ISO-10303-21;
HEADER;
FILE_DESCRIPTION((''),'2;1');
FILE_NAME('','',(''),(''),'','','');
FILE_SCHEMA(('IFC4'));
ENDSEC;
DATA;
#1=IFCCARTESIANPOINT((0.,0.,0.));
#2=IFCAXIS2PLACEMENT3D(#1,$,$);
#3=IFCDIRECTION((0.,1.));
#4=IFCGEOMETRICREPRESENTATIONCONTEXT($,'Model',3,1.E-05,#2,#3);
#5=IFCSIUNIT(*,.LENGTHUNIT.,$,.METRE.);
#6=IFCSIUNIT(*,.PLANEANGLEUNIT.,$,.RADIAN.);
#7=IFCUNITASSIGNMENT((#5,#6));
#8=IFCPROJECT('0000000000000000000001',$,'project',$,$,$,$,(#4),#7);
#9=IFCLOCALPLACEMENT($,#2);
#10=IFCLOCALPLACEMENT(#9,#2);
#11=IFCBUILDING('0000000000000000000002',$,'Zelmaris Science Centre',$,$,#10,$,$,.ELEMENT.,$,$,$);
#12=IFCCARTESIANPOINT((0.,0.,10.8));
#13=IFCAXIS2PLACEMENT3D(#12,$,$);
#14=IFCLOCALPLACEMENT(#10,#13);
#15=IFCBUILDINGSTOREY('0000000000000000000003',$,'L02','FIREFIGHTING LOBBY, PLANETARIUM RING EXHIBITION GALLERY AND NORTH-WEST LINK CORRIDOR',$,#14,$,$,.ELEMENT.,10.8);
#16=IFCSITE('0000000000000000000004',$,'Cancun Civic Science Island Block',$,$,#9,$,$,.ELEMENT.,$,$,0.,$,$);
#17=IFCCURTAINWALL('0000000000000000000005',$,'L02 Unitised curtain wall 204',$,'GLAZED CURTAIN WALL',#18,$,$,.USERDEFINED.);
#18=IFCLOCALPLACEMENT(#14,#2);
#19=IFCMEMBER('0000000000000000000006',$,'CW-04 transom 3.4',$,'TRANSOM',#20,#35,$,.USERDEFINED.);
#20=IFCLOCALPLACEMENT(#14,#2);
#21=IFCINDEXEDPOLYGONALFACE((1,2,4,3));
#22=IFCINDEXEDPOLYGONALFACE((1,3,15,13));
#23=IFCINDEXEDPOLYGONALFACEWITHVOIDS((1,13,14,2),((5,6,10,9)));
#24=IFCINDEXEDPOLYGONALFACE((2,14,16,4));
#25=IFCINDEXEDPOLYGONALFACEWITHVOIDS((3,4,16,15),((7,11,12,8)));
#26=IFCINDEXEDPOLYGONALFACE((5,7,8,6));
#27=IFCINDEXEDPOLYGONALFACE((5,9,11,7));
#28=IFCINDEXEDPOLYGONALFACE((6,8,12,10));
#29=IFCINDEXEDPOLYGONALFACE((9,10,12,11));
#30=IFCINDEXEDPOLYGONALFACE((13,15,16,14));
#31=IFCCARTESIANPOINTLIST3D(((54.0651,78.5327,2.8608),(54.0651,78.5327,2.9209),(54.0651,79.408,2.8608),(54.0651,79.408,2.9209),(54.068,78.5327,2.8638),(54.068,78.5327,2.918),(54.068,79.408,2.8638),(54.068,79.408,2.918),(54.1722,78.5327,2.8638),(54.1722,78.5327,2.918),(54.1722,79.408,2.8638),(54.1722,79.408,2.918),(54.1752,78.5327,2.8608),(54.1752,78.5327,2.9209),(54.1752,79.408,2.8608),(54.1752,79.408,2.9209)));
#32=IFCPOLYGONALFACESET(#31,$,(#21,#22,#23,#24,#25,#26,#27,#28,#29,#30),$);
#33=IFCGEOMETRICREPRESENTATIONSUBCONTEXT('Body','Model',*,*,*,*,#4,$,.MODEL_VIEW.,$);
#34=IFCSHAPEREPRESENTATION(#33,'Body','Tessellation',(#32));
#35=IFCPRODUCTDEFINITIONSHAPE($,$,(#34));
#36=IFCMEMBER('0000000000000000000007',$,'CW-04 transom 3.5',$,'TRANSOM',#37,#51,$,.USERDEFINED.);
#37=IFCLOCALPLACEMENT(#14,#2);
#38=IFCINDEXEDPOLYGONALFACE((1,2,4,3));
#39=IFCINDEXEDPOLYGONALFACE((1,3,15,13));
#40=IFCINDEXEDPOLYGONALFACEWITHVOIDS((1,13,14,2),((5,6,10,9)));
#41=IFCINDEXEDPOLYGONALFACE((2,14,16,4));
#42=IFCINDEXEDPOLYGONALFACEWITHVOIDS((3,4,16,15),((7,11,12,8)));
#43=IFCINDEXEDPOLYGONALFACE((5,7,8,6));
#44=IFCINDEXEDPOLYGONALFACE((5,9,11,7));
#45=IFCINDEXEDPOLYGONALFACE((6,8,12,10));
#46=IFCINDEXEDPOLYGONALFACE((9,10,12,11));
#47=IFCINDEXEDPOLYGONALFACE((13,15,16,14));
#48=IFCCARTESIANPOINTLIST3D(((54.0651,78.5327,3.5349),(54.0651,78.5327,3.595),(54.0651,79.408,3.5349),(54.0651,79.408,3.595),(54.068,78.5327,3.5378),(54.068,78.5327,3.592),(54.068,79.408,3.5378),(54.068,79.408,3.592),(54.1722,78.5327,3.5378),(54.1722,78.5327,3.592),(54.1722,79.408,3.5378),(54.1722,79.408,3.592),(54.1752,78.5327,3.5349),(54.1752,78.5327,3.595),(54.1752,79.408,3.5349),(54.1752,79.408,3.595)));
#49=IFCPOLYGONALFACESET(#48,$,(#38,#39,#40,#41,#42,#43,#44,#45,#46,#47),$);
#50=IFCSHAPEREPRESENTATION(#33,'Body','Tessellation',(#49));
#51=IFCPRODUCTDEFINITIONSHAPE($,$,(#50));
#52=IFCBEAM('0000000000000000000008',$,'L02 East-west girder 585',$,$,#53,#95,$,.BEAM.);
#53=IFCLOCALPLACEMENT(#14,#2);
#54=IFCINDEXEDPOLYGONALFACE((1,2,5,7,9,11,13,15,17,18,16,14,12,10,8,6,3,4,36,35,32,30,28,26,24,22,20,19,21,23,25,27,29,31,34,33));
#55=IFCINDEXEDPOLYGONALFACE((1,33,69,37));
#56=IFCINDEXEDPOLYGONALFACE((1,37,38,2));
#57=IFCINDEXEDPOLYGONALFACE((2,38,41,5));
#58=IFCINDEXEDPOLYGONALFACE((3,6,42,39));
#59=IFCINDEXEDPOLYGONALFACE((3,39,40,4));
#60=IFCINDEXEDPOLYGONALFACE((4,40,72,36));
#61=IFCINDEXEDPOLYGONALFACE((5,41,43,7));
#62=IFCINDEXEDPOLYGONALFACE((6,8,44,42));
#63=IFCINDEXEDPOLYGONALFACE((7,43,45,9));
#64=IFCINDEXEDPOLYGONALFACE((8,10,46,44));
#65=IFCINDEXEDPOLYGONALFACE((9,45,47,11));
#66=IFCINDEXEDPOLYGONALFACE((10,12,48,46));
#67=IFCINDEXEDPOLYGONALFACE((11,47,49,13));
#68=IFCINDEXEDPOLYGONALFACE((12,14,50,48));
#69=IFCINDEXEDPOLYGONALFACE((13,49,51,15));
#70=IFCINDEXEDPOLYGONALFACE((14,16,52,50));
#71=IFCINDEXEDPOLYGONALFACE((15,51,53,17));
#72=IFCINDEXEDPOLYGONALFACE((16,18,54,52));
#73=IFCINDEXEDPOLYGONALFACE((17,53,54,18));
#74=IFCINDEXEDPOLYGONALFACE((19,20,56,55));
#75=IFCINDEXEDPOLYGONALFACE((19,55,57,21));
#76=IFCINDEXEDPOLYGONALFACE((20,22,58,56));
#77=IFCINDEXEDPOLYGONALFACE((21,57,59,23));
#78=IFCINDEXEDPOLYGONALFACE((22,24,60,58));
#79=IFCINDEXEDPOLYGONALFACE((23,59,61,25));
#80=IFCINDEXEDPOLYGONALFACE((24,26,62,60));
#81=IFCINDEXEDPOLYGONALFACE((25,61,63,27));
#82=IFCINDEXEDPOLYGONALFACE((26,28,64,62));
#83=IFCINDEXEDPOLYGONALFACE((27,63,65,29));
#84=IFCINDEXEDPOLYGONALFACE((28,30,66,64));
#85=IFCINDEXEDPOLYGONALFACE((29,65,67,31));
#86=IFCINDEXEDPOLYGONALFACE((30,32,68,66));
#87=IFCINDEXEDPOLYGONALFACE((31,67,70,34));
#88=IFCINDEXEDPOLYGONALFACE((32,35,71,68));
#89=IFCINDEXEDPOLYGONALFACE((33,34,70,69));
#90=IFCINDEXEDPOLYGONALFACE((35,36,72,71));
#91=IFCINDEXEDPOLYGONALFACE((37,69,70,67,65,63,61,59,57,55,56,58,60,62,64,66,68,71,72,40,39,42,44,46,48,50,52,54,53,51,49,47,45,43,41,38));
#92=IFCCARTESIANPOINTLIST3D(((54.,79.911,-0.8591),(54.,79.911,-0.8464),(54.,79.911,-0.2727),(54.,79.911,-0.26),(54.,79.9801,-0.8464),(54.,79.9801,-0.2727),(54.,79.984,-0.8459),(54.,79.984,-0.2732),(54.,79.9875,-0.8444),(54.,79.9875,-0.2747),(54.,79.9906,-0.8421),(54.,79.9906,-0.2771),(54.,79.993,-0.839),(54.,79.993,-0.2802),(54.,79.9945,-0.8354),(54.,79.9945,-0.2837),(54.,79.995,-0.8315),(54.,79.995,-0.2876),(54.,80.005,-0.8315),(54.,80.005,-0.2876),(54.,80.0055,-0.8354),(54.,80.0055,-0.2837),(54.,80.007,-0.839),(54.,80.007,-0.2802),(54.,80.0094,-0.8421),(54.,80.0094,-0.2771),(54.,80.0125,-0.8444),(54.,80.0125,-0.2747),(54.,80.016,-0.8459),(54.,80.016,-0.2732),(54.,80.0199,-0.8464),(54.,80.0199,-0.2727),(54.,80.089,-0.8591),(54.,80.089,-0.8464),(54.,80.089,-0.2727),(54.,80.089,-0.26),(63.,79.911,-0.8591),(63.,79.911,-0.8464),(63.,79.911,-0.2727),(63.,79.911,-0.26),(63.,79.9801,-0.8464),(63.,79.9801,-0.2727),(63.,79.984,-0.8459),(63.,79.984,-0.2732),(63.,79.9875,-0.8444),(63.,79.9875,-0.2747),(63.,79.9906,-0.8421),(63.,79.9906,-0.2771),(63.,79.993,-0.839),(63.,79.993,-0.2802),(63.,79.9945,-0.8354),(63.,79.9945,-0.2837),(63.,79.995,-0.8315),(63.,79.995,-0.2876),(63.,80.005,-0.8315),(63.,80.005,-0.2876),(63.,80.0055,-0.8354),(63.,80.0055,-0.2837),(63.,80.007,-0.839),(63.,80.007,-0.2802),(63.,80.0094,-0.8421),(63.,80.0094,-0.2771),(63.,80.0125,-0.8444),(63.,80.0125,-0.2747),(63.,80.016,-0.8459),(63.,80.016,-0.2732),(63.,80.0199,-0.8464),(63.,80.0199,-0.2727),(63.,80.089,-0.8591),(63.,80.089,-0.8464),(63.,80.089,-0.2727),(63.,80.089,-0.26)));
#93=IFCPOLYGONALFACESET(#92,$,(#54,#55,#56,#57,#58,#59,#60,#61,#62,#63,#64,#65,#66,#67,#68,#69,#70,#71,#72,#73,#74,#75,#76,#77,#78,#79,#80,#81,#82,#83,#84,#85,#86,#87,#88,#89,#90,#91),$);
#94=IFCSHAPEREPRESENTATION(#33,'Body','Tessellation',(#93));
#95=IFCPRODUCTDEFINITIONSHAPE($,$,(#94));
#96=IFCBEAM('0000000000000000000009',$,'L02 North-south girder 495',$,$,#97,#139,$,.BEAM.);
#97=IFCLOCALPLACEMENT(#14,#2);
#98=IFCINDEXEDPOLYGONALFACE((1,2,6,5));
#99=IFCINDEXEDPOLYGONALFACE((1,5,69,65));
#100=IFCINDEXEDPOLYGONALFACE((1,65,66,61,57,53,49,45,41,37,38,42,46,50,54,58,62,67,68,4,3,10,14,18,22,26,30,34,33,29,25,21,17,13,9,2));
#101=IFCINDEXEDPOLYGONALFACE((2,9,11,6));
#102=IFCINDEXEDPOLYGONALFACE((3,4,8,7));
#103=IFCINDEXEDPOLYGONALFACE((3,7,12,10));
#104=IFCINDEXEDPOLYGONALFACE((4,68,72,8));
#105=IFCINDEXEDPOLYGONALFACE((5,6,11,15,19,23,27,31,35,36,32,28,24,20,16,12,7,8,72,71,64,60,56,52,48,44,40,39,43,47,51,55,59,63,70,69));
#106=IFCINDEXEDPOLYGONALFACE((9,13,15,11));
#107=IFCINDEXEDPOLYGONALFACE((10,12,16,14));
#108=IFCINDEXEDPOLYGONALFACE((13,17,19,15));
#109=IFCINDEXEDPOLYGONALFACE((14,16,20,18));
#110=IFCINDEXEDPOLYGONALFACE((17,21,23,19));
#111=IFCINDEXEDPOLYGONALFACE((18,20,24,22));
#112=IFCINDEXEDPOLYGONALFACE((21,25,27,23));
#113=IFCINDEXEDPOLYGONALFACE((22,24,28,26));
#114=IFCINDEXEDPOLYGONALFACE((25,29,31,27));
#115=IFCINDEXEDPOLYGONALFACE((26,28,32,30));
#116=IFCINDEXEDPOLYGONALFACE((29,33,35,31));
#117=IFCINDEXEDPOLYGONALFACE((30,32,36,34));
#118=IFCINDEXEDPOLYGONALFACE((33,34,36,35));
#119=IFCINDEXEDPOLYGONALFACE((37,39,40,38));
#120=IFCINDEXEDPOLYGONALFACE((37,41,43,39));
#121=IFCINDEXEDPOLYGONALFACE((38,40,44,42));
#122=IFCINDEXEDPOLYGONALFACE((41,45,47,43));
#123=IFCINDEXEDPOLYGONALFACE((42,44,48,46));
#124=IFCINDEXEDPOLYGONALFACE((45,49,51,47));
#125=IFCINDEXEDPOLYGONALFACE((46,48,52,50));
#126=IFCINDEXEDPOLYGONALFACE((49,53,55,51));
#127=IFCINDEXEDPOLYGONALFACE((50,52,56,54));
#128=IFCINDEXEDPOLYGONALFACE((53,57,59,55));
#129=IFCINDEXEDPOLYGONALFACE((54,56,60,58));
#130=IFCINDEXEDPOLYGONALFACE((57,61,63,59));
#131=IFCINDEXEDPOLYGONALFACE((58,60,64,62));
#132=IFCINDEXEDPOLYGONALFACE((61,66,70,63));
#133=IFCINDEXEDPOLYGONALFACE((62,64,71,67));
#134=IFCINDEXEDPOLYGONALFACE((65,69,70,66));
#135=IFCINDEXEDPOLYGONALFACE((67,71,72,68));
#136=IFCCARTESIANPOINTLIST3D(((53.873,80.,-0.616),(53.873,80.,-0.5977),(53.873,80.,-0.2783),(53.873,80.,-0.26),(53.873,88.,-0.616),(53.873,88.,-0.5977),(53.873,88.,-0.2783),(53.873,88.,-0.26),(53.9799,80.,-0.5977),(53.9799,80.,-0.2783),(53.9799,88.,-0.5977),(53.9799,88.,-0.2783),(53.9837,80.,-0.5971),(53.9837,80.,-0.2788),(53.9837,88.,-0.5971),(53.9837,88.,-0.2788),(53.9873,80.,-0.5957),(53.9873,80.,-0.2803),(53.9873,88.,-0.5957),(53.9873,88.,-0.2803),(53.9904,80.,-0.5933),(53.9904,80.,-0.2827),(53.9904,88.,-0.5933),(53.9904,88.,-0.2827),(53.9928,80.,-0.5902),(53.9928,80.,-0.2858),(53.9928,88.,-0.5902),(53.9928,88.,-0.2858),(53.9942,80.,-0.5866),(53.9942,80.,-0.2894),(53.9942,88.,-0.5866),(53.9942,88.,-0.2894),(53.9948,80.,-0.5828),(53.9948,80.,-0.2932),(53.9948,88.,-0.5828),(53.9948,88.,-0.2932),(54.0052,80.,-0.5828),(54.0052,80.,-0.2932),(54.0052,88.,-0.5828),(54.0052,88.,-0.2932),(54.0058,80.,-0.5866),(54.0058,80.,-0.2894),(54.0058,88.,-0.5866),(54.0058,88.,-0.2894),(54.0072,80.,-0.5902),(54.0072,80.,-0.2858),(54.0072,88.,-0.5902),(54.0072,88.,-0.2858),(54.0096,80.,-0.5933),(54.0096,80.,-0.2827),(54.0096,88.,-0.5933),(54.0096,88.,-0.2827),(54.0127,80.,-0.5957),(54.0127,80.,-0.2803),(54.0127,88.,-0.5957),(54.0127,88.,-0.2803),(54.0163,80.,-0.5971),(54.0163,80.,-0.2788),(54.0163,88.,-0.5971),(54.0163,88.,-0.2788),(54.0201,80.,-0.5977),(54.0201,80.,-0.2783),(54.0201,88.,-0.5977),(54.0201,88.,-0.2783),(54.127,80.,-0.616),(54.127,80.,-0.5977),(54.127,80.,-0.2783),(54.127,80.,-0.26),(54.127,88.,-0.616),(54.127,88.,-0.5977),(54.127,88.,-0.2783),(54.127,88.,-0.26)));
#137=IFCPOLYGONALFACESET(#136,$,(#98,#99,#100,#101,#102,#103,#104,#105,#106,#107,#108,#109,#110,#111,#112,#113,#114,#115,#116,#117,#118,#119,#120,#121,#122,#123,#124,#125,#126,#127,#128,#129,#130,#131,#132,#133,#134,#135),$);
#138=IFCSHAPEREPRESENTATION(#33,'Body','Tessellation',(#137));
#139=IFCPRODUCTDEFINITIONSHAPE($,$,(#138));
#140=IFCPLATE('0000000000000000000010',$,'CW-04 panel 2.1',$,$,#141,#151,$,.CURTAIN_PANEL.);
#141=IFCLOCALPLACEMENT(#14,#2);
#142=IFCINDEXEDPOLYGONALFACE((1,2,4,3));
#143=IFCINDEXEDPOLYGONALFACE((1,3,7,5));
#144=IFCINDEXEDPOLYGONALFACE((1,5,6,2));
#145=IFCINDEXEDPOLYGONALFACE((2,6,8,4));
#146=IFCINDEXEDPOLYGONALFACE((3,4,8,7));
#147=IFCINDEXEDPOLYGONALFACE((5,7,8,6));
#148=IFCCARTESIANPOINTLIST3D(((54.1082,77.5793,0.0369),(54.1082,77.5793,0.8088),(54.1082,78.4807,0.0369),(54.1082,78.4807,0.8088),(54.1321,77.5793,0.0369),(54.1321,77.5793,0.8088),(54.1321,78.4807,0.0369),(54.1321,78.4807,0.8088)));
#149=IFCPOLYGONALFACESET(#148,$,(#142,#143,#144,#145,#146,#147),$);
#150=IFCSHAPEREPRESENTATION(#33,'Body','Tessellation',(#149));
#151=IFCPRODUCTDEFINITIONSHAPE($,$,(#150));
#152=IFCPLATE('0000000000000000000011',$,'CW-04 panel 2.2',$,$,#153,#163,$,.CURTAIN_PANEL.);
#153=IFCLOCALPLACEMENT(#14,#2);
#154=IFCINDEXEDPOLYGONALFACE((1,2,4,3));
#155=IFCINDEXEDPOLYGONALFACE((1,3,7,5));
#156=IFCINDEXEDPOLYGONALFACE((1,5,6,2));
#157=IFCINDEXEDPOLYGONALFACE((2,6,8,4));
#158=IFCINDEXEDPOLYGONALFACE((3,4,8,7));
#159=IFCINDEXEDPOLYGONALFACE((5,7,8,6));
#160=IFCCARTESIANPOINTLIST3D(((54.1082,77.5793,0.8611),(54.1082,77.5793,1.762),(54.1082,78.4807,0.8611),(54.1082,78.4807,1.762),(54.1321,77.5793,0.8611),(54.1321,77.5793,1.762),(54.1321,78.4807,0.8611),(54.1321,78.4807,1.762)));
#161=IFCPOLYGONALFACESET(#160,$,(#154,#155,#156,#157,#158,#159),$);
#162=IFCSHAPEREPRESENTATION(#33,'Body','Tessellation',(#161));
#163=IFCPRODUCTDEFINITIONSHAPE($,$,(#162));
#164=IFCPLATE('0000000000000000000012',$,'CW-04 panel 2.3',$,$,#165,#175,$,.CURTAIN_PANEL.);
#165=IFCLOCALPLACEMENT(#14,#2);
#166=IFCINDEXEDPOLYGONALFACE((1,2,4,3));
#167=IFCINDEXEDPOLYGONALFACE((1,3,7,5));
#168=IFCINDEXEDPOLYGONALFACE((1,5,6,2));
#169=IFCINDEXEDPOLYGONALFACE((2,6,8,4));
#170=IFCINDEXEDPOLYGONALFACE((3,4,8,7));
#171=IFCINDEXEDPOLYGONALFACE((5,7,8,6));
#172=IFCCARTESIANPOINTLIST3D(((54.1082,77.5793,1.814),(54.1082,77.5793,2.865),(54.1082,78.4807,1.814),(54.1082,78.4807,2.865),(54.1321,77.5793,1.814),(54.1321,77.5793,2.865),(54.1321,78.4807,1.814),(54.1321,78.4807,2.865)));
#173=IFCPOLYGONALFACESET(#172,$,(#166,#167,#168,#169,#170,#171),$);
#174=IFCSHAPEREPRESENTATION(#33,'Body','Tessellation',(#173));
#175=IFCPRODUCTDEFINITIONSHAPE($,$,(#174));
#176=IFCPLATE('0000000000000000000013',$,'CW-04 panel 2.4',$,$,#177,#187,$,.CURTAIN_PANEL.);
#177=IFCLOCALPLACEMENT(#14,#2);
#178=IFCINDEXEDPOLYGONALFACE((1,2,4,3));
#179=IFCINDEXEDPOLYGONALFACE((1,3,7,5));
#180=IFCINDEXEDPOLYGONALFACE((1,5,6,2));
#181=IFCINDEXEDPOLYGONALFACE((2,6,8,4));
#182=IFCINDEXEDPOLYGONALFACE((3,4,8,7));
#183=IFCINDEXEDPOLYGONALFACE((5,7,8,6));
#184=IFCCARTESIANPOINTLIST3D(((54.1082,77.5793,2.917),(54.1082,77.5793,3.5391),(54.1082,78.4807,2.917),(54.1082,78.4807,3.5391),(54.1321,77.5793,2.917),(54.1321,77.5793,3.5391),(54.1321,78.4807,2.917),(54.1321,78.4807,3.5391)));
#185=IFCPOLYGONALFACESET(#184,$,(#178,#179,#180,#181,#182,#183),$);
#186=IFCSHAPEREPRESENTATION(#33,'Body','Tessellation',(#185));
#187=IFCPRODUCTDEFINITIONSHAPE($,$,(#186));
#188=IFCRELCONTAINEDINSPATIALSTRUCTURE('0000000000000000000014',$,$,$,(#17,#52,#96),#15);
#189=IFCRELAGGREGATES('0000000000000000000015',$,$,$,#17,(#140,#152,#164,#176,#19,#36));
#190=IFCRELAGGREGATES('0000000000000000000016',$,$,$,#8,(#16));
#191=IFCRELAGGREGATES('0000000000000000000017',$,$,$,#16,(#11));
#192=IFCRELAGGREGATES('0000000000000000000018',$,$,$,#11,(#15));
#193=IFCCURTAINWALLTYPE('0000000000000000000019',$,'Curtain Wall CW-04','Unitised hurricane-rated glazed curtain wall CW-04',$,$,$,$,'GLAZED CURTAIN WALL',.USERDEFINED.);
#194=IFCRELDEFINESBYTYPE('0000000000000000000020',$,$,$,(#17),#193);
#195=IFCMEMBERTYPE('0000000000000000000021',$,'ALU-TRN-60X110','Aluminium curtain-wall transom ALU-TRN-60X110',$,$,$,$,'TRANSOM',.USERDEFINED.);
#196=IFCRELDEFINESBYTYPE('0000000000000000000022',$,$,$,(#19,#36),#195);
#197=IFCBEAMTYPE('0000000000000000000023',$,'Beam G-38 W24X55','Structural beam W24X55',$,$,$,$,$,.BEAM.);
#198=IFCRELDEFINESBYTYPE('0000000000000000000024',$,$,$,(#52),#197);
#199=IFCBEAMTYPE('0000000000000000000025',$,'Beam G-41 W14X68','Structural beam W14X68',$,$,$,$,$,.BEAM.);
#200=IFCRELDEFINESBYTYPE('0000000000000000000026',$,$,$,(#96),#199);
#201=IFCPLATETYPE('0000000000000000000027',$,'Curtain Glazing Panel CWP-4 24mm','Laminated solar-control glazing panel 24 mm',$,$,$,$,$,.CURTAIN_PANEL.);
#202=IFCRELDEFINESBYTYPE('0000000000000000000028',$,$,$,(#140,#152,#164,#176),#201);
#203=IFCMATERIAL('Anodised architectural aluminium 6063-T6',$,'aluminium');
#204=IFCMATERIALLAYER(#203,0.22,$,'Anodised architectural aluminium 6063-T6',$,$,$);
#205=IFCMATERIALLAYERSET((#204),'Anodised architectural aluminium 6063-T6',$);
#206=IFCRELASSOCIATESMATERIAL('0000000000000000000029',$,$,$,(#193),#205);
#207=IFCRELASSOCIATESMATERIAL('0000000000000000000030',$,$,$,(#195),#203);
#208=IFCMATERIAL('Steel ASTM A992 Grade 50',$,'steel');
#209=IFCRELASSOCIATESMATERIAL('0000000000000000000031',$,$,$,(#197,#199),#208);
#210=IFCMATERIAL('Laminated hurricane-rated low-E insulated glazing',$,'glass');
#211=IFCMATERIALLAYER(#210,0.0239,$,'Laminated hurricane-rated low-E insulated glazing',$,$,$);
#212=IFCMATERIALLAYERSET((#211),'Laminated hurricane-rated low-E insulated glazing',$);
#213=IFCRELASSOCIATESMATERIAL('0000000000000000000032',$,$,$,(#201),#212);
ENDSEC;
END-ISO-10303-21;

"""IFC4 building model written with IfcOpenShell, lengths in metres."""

from ifc_helpers import new_model, si_unit, direction, frame, origin, origin_2d, place, context, subcontext, project, spatial, rectangle, hollow_rectangle, i_section, extrude, material, layer, layer_set, material_profile, profile_set, type_object, element, aggregate, save


model = new_model("IFC4")

# Units and contexts
model_context = context("Model", 3, precision=1e-05, world=origin(), true_north=direction((0.0, 1.0)))
body_context = subcontext(model_context, "Body", "Model", "MODEL_VIEW")
ifc_project = project(units=[si_unit("LENGTHUNIT", "METRE"), si_unit("PLANEANGLEUNIT", "RADIAN")], contexts=[model_context])

# Site, building, storey
site_placement = place(None, origin())
site = spatial("IfcSite", under=ifc_project, at=site_placement, Name="Cancun Civic Science Island Block", CompositionType="ELEMENT", RefElevation=0.0)
building_placement = place(site_placement, origin())
building = spatial("IfcBuilding", under=site, at=building_placement, Name="Zelmaris Science Centre", CompositionType="ELEMENT")
storey_placement = place(building_placement, frame((0.0, 0.0, 10.8)))
storey = spatial("IfcBuildingStorey", under=building, at=storey_placement, Name="L02", Description="FIREFIGHTING LOBBY, PLANETARIUM RING EXHIBITION GALLERY AND NORTH-WEST LINK CORRIDOR", CompositionType="ELEMENT", Elevation=10.8)

# Shared definitions
ifc_material_1 = material(Name="Steel ASTM A992 Grade 50", Category="steel")

# Curtain wall, members
ifc_material_2 = material(Name="Anodised architectural aluminium 6063-T6", Category="aluminium")
ifc_layer_1 = layer(ifc_material_2, 0.22, Name="Anodised architectural aluminium 6063-T6")
ifc_layer_set_1 = layer_set([ifc_layer_1], Name="Anodised architectural aluminium 6063-T6")
curtain_wall_type = type_object("IfcCurtainWallType", Name="Curtain Wall CW-04", Description="Unitised hurricane-rated glazed curtain wall CW-04", ElementType="GLAZED CURTAIN WALL", PredefinedType="USERDEFINED", material=ifc_layer_set_1)
curtain_wall_placement = place(storey_placement, origin())
curtain_wall = element("IfcCurtainWall", 1, at=curtain_wall_placement, inside=storey, type_object=curtain_wall_type, Name="L02 Unitised curtain wall 204", ObjectType="GLAZED CURTAIN WALL", PredefinedType="USERDEFINED")
ifc_material_profile_1 = material_profile(ifc_material_2, hollow_rectangle(XDim=0.0601, YDim=0.1101, WallThickness=0.0029, at=origin_2d()), Name="ALU-TRN-60X110")
ifc_profile_set_1 = profile_set([ifc_material_profile_1], Name="Anodised architectural aluminium 6063-T6")
member_type_1 = type_object("IfcMemberType", Name="ALU-TRN-60X110", Description="Aluminium curtain-wall transom ALU-TRN-60X110", ElementType="TRANSOM", PredefinedType="USERDEFINED", material=ifc_profile_set_1)
member_1_placement = place(storey_placement, frame((54.1201, 78.5327, 2.8909), z_axis=(0.0, 1.0, 0.0), x_axis=(0.0, 0.0, 1.0)))
member_1 = element("IfcMember", 2, at=member_1_placement, type_object=member_type_1, Name="CW-04 transom 3.4", ObjectType="TRANSOM", PredefinedType="USERDEFINED", context=body_context, shape_type="SweptSolid", body=[
    extrude(hollow_rectangle(XDim=0.0601, YDim=0.1101, WallThickness=0.0029, at=origin_2d()), origin(), (0.0, 0.0, 1.0), 0.8752),
])
member_2_placement = place(storey_placement, frame((54.1201, 78.5327, 3.5649), z_axis=(0.0, 1.0, 0.0), x_axis=(0.0, 0.0, 1.0)))
member_2 = element("IfcMember", 3, at=member_2_placement, type_object=member_type_1, Name="CW-04 transom 3.5", ObjectType="TRANSOM", PredefinedType="USERDEFINED", context=body_context, shape_type="SweptSolid", body=[
    extrude(hollow_rectangle(XDim=0.0601, YDim=0.1101, WallThickness=0.0029, at=origin_2d()), origin(), (0.0, 0.0, 1.0), 0.8752),
])

# Beams
ifc_material_profile_2 = material_profile(ifc_material_1, i_section(OverallWidth=0.178, OverallDepth=0.5991, WebThickness=0.01, FlangeThickness=0.0127, FilletRadius=0.0149, at=origin_2d()), Name="W24X55")
ifc_profile_set_2 = profile_set([ifc_material_profile_2], Name="Steel ASTM A992 Grade 50")
beam_type_1 = type_object("IfcBeamType", Name="Beam G-38 W24X55", Description="Structural beam W24X55", PredefinedType="BEAM", material=ifc_profile_set_2)
beam_1_placement = place(storey_placement, frame((54.0, 80.0, -0.5596), z_axis=(1.0, 0.0, 0.0), x_axis=(0.0, 1.0, 0.0)))
element("IfcBeam", 4, at=beam_1_placement, inside=storey, type_object=beam_type_1, Name="L02 East-west girder 585", PredefinedType="BEAM", context=body_context, shape_type="SweptSolid", body=[
    extrude(i_section(OverallWidth=0.178, OverallDepth=0.5991, WebThickness=0.01, FlangeThickness=0.0127, FilletRadius=0.0149, at=origin_2d()), origin(), (0.0, 0.0, 1.0), 9.0),
])
ifc_material_profile_3 = material_profile(ifc_material_1, i_section(OverallWidth=0.2539, OverallDepth=0.356, WebThickness=0.0105, FlangeThickness=0.0183, FilletRadius=0.0149, at=origin_2d()), Name="W14X68")
ifc_profile_set_3 = profile_set([ifc_material_profile_3], Name="Steel ASTM A992 Grade 50")
beam_type_2 = type_object("IfcBeamType", Name="Beam G-41 W14X68", Description="Structural beam W14X68", PredefinedType="BEAM", material=ifc_profile_set_3)
beam_2_placement = place(storey_placement, frame((54.0, 80.0, -0.438), z_axis=(0.0, 1.0, 0.0), x_axis=(-1.0, 0.0, 0.0)))
element("IfcBeam", 5, at=beam_2_placement, inside=storey, type_object=beam_type_2, Name="L02 North-south girder 495", PredefinedType="BEAM", context=body_context, shape_type="SweptSolid", body=[
    extrude(i_section(OverallWidth=0.2539, OverallDepth=0.356, WebThickness=0.0105, FlangeThickness=0.0183, FilletRadius=0.0149, at=origin_2d()), origin(), (0.0, 0.0, 1.0), 8.0),
])

# Plates
ifc_material_3 = material(Name="Laminated hurricane-rated low-E insulated glazing", Category="glass")
ifc_layer_2 = layer(ifc_material_3, 0.0239, Name="Laminated hurricane-rated low-E insulated glazing")
ifc_layer_set_2 = layer_set([ifc_layer_2], Name="Laminated hurricane-rated low-E insulated glazing")
plate_type = type_object("IfcPlateType", Name="Curtain Glazing Panel CWP-4 24mm", Description="Laminated solar-control glazing panel 24 mm", PredefinedType="CURTAIN_PANEL", material=ifc_layer_set_2)
plate_1_placement = place(storey_placement, frame((54.1201, 78.03, 0.0369), z_axis=(0.0, 0.0, 1.0), x_axis=(0.0, 1.0, 0.0)))
plate_1 = element("IfcPlate", 6, at=plate_1_placement, type_object=plate_type, Name="CW-04 panel 2.1", PredefinedType="CURTAIN_PANEL", context=body_context, shape_type="SweptSolid", body=[
    extrude(rectangle(XDim=0.9014, YDim=0.0239, at=origin_2d()), origin(), (0.0, 0.0, 1.0), 0.772),
])
plate_2_placement = place(storey_placement, frame((54.1201, 78.03, 0.8611), z_axis=(0.0, 0.0, 1.0), x_axis=(0.0, 1.0, 0.0)))
plate_2 = element("IfcPlate", 7, at=plate_2_placement, type_object=plate_type, Name="CW-04 panel 2.2", PredefinedType="CURTAIN_PANEL", context=body_context, shape_type="SweptSolid", body=[
    extrude(rectangle(XDim=0.9014, YDim=0.0239, at=origin_2d()), origin(), (0.0, 0.0, 1.0), 0.9009),
])
plate_3_placement = place(storey_placement, frame((54.1201, 78.03, 1.814), z_axis=(0.0, 0.0, 1.0), x_axis=(0.0, 1.0, 0.0)))
plate_3 = element("IfcPlate", 8, at=plate_3_placement, type_object=plate_type, Name="CW-04 panel 2.3", PredefinedType="CURTAIN_PANEL", context=body_context, shape_type="SweptSolid", body=[
    extrude(rectangle(XDim=0.9014, YDim=0.0239, at=origin_2d()), origin(), (0.0, 0.0, 1.0), 1.051),
])
plate_4_placement = place(storey_placement, frame((54.1201, 78.03, 2.917), z_axis=(0.0, 0.0, 1.0), x_axis=(0.0, 1.0, 0.0)))
plate_4 = element("IfcPlate", 9, at=plate_4_placement, type_object=plate_type, Name="CW-04 panel 2.4", PredefinedType="CURTAIN_PANEL", context=body_context, shape_type="SweptSolid", body=[
    extrude(rectangle(XDim=0.9014, YDim=0.0239, at=origin_2d()), origin(), (0.0, 0.0, 1.0), 0.6221),
])
aggregate(curtain_wall, [plate_1, plate_2, plate_3, plate_4, member_1, member_2])

save(model, "model.ifc")
